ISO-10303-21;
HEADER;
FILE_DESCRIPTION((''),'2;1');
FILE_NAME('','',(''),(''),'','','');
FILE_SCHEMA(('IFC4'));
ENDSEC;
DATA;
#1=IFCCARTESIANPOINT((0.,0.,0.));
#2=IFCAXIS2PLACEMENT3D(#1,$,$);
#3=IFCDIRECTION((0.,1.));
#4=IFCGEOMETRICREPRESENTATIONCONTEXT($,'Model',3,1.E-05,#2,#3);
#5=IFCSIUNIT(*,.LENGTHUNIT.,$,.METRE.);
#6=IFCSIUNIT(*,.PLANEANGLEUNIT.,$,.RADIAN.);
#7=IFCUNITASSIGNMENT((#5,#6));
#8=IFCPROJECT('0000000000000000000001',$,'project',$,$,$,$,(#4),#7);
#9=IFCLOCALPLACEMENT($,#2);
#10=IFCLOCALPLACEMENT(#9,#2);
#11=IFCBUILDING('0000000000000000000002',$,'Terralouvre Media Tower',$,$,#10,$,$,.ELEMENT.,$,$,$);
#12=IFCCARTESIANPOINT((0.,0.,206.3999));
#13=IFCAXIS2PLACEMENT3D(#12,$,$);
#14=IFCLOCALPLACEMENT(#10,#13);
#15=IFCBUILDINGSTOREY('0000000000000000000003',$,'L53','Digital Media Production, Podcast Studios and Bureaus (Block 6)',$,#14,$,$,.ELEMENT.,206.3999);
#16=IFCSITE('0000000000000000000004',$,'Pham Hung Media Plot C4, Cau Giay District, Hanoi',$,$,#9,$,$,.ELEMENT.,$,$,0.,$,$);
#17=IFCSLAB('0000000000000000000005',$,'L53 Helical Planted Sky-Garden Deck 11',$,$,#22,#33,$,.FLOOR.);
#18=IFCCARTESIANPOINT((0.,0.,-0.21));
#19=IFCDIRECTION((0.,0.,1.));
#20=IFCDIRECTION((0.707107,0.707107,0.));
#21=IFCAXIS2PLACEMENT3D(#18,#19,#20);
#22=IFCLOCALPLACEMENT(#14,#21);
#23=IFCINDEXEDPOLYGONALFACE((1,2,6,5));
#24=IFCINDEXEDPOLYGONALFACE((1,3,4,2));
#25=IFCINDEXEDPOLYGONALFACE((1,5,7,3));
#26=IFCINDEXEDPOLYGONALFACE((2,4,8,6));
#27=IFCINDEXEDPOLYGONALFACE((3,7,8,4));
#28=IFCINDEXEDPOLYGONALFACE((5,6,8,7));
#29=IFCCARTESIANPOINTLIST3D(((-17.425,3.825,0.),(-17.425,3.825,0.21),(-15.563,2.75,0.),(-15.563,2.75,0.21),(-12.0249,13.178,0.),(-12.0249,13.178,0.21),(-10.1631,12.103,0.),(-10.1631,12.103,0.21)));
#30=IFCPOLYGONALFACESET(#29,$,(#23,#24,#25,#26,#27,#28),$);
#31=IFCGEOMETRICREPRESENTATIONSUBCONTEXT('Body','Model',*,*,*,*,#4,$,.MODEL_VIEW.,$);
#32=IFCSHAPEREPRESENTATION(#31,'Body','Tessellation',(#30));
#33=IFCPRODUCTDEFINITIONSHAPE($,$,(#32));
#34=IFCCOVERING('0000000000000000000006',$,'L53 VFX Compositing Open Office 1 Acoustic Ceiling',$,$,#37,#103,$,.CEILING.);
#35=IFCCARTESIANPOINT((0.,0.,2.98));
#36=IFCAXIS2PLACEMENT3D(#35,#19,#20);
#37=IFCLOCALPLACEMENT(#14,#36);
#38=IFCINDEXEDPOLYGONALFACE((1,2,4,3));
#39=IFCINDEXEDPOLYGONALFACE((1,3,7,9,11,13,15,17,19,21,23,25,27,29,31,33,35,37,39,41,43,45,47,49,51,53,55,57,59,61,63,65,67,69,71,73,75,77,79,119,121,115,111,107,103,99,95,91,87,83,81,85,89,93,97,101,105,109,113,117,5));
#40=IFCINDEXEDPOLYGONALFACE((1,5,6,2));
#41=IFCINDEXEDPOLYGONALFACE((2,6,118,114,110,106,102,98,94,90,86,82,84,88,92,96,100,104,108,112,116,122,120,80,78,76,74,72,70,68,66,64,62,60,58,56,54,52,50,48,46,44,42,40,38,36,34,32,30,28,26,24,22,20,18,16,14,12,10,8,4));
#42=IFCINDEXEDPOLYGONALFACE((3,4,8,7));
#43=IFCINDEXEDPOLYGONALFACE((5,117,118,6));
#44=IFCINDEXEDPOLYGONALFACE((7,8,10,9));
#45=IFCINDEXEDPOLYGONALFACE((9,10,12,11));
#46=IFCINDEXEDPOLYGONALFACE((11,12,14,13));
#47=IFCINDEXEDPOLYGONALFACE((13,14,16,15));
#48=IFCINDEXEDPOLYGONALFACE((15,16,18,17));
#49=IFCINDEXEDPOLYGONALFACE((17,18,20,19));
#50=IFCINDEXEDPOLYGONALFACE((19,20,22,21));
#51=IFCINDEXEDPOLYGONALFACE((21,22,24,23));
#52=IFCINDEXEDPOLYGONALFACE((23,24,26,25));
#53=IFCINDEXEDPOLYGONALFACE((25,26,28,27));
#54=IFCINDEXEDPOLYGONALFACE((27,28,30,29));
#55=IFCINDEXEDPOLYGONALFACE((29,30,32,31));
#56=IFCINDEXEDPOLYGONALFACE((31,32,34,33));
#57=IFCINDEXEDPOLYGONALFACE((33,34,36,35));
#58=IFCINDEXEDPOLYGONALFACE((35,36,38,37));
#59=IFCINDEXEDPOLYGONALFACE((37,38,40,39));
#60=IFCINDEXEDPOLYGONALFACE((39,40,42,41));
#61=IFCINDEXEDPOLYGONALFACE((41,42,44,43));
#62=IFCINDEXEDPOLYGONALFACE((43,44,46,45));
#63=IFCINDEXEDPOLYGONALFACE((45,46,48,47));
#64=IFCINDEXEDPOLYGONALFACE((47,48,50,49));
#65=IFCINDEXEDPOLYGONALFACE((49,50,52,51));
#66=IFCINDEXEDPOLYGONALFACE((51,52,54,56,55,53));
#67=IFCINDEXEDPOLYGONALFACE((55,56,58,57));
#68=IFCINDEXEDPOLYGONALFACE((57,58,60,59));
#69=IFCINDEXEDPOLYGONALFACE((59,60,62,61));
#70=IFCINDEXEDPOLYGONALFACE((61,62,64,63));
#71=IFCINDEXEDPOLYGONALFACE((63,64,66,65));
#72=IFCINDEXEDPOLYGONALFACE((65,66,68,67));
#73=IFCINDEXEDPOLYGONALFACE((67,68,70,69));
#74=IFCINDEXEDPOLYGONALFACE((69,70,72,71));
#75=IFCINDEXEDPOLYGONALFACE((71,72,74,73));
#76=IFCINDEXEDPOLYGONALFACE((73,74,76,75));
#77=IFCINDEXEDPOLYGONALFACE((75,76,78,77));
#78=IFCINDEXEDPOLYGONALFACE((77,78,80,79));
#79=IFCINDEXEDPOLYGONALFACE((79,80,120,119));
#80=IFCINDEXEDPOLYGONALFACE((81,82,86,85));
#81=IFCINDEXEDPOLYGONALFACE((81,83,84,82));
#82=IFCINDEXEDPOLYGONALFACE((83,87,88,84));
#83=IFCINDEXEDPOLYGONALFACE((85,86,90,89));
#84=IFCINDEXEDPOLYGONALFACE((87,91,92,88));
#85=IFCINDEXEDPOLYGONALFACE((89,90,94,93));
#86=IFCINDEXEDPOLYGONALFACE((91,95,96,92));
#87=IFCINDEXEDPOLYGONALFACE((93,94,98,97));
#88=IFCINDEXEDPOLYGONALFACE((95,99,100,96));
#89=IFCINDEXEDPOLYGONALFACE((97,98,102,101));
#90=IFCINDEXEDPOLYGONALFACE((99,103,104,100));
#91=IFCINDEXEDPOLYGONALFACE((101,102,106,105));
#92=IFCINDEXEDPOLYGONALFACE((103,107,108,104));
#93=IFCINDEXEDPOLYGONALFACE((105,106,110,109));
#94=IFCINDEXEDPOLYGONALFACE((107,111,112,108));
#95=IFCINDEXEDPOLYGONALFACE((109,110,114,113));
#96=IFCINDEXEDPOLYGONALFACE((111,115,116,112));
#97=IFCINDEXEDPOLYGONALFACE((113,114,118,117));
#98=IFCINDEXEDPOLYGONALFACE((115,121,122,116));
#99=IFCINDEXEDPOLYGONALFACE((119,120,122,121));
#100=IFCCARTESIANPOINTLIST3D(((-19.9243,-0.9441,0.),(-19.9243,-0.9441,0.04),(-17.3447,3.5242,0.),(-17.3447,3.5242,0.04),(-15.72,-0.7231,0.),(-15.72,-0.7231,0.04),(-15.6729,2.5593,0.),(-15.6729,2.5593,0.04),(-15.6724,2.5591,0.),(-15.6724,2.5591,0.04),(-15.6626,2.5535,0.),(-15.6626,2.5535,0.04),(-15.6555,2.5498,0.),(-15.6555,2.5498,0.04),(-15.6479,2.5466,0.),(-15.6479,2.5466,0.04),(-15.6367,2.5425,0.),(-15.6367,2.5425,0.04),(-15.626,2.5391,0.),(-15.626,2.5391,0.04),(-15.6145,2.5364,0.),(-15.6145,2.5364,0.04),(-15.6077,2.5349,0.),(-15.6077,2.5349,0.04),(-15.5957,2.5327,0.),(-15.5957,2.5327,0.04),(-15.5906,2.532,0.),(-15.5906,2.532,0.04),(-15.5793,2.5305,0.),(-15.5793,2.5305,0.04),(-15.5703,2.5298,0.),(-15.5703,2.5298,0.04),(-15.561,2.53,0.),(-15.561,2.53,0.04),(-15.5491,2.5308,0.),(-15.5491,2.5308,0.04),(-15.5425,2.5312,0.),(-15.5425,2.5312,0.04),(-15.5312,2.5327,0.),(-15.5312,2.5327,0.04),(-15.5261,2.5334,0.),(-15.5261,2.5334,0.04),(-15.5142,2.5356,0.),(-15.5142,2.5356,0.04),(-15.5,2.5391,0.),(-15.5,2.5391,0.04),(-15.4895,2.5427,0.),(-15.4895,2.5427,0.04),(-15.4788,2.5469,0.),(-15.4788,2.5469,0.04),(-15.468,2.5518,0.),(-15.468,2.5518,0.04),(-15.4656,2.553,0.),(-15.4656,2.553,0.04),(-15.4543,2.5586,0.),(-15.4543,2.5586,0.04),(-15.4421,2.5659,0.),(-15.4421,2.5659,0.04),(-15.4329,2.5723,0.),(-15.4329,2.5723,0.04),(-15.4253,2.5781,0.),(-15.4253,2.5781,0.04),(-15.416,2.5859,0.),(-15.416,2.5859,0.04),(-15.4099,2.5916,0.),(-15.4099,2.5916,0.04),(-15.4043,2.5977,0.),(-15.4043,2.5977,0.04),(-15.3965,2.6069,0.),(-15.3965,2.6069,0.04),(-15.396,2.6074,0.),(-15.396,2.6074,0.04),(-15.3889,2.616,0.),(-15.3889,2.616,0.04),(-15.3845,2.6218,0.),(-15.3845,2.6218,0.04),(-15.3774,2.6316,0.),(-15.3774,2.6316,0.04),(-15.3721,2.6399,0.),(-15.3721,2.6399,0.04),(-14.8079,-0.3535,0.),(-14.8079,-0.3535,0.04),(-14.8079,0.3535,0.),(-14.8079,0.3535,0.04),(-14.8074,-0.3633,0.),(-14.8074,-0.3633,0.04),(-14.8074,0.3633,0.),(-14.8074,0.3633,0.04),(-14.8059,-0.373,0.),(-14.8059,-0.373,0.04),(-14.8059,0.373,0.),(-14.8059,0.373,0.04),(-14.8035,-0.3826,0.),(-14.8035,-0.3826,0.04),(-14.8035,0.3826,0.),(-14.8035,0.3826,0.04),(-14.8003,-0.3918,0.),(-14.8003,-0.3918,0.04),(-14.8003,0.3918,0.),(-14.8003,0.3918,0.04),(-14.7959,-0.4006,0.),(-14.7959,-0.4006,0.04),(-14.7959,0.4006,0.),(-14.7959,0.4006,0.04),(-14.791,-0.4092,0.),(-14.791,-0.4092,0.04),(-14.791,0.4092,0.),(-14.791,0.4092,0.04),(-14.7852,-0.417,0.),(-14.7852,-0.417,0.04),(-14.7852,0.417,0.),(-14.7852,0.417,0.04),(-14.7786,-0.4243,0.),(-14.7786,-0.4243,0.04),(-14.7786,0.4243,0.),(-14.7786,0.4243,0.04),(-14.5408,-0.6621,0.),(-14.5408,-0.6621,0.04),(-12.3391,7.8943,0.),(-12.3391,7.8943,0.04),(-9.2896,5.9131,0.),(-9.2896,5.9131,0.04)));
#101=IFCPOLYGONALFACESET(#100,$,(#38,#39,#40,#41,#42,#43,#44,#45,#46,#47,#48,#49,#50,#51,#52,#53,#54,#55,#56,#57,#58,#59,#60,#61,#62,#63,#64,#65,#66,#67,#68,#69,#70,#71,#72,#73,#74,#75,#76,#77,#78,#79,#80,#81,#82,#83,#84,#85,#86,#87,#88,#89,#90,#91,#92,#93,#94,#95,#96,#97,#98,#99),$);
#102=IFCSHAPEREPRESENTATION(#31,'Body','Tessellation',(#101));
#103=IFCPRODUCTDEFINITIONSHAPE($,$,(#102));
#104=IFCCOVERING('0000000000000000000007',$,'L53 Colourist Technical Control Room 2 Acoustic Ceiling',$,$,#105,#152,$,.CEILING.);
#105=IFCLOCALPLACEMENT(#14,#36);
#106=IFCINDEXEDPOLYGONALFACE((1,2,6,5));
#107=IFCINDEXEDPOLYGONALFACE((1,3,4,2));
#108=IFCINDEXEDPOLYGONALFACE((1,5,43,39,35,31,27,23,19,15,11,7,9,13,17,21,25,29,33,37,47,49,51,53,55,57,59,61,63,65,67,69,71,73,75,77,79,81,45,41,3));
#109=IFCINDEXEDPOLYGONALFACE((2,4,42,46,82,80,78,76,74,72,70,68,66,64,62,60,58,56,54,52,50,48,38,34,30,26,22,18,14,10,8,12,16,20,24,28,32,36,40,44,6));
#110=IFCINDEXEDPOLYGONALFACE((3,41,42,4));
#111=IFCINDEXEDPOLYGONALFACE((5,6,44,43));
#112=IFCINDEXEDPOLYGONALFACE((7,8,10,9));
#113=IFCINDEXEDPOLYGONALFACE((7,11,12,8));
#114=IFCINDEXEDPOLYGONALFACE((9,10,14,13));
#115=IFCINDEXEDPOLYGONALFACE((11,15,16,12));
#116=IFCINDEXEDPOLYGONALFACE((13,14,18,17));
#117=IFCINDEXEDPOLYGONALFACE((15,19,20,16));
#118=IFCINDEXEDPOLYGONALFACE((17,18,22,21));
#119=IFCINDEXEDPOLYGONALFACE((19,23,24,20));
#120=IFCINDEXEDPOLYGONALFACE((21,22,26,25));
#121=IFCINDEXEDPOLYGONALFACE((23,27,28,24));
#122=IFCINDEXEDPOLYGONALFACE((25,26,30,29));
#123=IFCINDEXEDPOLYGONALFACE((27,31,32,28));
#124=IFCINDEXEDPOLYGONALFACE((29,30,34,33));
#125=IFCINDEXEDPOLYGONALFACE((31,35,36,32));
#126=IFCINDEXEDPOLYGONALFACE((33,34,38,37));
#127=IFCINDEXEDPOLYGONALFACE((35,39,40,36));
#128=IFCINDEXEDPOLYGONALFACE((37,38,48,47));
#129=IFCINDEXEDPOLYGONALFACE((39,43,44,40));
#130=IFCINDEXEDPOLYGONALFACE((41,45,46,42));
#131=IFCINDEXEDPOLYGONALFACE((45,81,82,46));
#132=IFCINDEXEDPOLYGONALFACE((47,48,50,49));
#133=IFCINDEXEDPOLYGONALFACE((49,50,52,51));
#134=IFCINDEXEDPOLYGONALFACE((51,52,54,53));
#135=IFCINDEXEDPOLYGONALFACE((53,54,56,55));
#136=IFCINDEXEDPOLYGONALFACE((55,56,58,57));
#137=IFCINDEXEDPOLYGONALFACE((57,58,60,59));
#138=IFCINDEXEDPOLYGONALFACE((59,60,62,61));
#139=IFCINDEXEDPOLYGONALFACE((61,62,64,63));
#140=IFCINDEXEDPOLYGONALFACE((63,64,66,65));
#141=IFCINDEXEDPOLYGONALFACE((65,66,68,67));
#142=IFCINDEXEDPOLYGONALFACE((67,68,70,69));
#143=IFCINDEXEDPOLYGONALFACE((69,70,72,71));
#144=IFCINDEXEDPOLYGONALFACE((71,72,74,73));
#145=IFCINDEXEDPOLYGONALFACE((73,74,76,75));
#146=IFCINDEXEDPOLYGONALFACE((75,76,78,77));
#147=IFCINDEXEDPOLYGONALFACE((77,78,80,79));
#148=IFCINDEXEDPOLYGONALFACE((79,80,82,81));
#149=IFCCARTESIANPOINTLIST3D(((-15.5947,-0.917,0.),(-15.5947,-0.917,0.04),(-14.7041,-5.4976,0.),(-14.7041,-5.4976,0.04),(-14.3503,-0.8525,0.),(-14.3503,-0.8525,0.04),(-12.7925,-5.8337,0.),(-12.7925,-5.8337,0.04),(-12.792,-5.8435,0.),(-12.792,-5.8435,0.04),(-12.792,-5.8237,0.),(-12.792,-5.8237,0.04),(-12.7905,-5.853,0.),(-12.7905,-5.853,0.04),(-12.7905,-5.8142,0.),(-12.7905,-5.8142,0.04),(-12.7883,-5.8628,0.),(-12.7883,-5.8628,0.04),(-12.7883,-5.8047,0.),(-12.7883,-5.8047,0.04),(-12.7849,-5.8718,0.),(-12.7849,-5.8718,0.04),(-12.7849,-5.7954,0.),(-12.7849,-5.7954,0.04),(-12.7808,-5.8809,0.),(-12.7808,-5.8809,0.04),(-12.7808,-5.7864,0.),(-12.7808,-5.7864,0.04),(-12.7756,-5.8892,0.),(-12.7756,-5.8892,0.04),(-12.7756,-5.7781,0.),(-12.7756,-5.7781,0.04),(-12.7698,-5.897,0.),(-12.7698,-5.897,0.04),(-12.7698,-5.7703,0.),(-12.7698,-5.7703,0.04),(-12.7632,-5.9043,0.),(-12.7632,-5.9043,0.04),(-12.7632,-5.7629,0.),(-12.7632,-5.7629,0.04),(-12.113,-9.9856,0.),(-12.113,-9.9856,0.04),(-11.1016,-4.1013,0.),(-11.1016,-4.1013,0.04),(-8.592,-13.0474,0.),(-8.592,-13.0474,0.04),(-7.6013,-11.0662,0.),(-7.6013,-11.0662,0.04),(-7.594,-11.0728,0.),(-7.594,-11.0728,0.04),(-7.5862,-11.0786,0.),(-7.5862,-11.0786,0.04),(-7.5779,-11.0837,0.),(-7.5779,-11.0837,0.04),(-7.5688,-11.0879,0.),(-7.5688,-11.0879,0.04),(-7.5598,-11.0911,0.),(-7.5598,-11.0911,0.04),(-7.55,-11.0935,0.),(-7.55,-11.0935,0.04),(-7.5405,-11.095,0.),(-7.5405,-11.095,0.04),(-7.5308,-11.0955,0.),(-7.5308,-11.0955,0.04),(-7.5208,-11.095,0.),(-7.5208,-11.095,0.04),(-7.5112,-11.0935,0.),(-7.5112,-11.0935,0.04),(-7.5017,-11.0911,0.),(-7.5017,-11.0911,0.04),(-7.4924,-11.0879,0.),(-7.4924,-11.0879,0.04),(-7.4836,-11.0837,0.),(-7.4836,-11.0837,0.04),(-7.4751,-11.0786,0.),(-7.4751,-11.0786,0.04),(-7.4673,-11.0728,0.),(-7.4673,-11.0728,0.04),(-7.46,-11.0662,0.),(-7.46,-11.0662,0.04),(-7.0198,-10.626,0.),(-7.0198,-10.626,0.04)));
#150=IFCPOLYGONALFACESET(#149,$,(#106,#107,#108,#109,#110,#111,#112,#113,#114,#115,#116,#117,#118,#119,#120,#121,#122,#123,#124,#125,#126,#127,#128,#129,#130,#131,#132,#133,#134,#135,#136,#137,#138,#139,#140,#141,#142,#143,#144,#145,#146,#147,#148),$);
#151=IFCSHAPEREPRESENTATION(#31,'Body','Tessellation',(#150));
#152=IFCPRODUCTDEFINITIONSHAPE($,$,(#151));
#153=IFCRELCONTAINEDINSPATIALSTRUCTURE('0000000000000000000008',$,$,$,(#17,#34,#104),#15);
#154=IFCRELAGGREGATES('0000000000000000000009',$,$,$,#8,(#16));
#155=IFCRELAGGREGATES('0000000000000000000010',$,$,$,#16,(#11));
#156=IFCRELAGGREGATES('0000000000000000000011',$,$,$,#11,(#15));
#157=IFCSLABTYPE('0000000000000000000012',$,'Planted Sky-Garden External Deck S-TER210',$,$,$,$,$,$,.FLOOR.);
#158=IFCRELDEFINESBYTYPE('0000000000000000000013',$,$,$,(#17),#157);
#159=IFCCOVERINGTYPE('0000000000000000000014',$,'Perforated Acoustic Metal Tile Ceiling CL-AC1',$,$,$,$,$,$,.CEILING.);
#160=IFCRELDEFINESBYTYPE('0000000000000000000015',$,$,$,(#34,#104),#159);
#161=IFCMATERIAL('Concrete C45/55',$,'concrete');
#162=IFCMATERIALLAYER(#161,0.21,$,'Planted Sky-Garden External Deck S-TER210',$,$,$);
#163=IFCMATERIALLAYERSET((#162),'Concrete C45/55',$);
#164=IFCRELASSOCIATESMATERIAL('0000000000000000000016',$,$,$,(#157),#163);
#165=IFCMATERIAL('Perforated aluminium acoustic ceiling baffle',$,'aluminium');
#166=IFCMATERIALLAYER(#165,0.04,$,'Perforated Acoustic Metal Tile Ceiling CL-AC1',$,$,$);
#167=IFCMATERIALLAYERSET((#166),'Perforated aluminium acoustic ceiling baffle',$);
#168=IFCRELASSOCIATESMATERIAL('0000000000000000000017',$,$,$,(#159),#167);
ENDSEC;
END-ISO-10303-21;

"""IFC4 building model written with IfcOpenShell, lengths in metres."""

from ifc_helpers import new_model, si_unit, direction, frame, origin, place, context, subcontext, project, spatial, polyline, outline, extrude, material, layer, layer_set, type_object, element, save


model = new_model("IFC4")

# Units and contexts
model_context = context("Model", 3, precision=1e-05, world=origin(), true_north=direction((0.0, 1.0)))
body_context = subcontext(model_context, "Body", "Model", "MODEL_VIEW")
ifc_project = project(units=[si_unit("LENGTHUNIT", "METRE"), si_unit("PLANEANGLEUNIT", "RADIAN")], contexts=[model_context])

# Site, building, storey
site_placement = place(None, origin())
site = spatial("IfcSite", under=ifc_project, at=site_placement, Name="Pham Hung Media Plot C4, Cau Giay District, Hanoi", CompositionType="ELEMENT", RefElevation=0.0)
building_placement = place(site_placement, origin())
building = spatial("IfcBuilding", under=site, at=building_placement, Name="Terralouvre Media Tower", CompositionType="ELEMENT")
storey_placement = place(building_placement, frame((0.0, 0.0, 206.3999)))
storey = spatial("IfcBuildingStorey", under=building, at=storey_placement, Name="L53", Description="Digital Media Production, Podcast Studios and Bureaus (Block 6)", CompositionType="ELEMENT", Elevation=206.3999)

# Slab
ifc_material_1 = material(Name="Concrete C45/55", Category="concrete")
ifc_layer_1 = layer(ifc_material_1, 0.21, Name="Planted Sky-Garden External Deck S-TER210")
ifc_layer_set_1 = layer_set([ifc_layer_1], Name="Concrete C45/55")
slab_type_1 = type_object("IfcSlabType", Name="Planted Sky-Garden External Deck S-TER210", PredefinedType="FLOOR", material=ifc_layer_set_1)
slab_1_placement = place(storey_placement, frame((0.0, 0.0, -0.21), z_axis=(0.0, 0.0, 1.0), x_axis=(0.707107, 0.707107, 0.0)))
element("IfcSlab", 1, at=slab_1_placement, inside=storey, type_object=slab_type_1, Name="L53 Helical Planted Sky-Garden Deck 11", PredefinedType="FLOOR", context=body_context, shape_type="SweptSolid", body=[
    extrude(outline(polyline([(-12.0249, 13.178), (-17.425, 3.825), (-15.563, 2.75), (-10.1631, 12.103), (-12.0249, 13.178)])), origin(), (0.0, 0.0, 1.0), 0.21),
])

# Coverings
ifc_material_2 = material(Name="Perforated aluminium acoustic ceiling baffle", Category="aluminium")
ifc_layer_2 = layer(ifc_material_2, 0.04, Name="Perforated Acoustic Metal Tile Ceiling CL-AC1")
ifc_layer_set_2 = layer_set([ifc_layer_2], Name="Perforated aluminium acoustic ceiling baffle")
covering_type = type_object("IfcCoveringType", Name="Perforated Acoustic Metal Tile Ceiling CL-AC1", PredefinedType="CEILING", material=ifc_layer_set_2)
covering_1_placement = place(storey_placement, frame((0.0, 0.0, 2.98), z_axis=(0.0, 0.0, 1.0), x_axis=(0.707107, 0.707107, 0.0)))
element("IfcCovering", 2, at=covering_1_placement, inside=storey, type_object=covering_type, Name="L53 VFX Compositing Open Office 1 Acoustic Ceiling", PredefinedType="CEILING", context=body_context, shape_type="SweptSolid", body=[
    extrude(outline(polyline([(-14.5408, -0.6621), (-14.7786, -0.4243), (-14.7852, -0.417), (-14.791, -0.4092), (-14.7959, -0.4006), (-14.8003, -0.3918), (-14.8035, -0.3826), (-14.8059, -0.373), (-14.8074, -0.3633), (-14.8079, -0.3535), (-14.8079, 0.3535), (-14.8074, 0.3633), (-14.8059, 0.373), (-14.8035, 0.3826), (-14.8003, 0.3918), (-14.7959, 0.4006), (-14.791, 0.4092), (-14.7852, 0.417), (-14.7786, 0.4243), (-9.2896, 5.9131), (-12.3391, 7.8943), (-15.3721, 2.6399), (-15.3774, 2.6316), (-15.3845, 2.6218), (-15.3889, 2.616), (-15.396, 2.6074), (-15.3965, 2.6069), (-15.4043, 2.5977), (-15.4099, 2.5916), (-15.416, 2.5859), (-15.4253, 2.5781), (-15.4329, 2.5723), (-15.4421, 2.5659), (-15.4543, 2.5586), (-15.4656, 2.553), (-15.468, 2.5518), (-15.4788, 2.5469), (-15.4895, 2.5427), (-15.5, 2.5391), (-15.5142, 2.5356), (-15.5261, 2.5334), (-15.5312, 2.5327), (-15.5425, 2.5312), (-15.5491, 2.5308), (-15.561, 2.53), (-15.5703, 2.5298), (-15.5793, 2.5305), (-15.5906, 2.532), (-15.5957, 2.5327), (-15.6077, 2.5349), (-15.6145, 2.5364), (-15.626, 2.5391), (-15.6367, 2.5425), (-15.6479, 2.5466), (-15.6555, 2.5498), (-15.6626, 2.5535), (-15.6724, 2.5591), (-15.6729, 2.5593), (-17.3447, 3.5242), (-19.9243, -0.9441), (-15.72, -0.7231), (-14.5408, -0.6621)])), origin(), (0.0, 0.0, 1.0), 0.04),
])
covering_2_placement = place(storey_placement, frame((0.0, 0.0, 2.98), z_axis=(0.0, 0.0, 1.0), x_axis=(0.707107, 0.707107, 0.0)))
element("IfcCovering", 3, at=covering_2_placement, inside=storey, type_object=covering_type, Name="L53 Colourist Technical Control Room 2 Acoustic Ceiling", PredefinedType="CEILING", context=body_context, shape_type="SweptSolid", body=[
    extrude(outline(polyline([(-14.7041, -5.4976), (-12.113, -9.9856), (-8.592, -13.0474), (-7.0198, -10.626), (-7.46, -11.0662), (-7.4673, -11.0728), (-7.4751, -11.0786), (-7.4836, -11.0837), (-7.4924, -11.0879), (-7.5017, -11.0911), (-7.5112, -11.0935), (-7.5208, -11.095), (-7.5308, -11.0955), (-7.5405, -11.095), (-7.55, -11.0935), (-7.5598, -11.0911), (-7.5688, -11.0879), (-7.5779, -11.0837), (-7.5862, -11.0786), (-7.594, -11.0728), (-7.6013, -11.0662), (-12.7632, -5.9043), (-12.7698, -5.897), (-12.7756, -5.8892), (-12.7808, -5.8809), (-12.7849, -5.8718), (-12.7883, -5.8628), (-12.7905, -5.853), (-12.792, -5.8435), (-12.7925, -5.8337), (-12.792, -5.8237), (-12.7905, -5.8142), (-12.7883, -5.8047), (-12.7849, -5.7954), (-12.7808, -5.7864), (-12.7756, -5.7781), (-12.7698, -5.7703), (-12.7632, -5.7629), (-11.1016, -4.1013), (-14.3503, -0.8525), (-15.5947, -0.917), (-14.7041, -5.4976)])), origin(), (0.0, 0.0, 1.0), 0.04),
])

save(model, "model.ifc")
